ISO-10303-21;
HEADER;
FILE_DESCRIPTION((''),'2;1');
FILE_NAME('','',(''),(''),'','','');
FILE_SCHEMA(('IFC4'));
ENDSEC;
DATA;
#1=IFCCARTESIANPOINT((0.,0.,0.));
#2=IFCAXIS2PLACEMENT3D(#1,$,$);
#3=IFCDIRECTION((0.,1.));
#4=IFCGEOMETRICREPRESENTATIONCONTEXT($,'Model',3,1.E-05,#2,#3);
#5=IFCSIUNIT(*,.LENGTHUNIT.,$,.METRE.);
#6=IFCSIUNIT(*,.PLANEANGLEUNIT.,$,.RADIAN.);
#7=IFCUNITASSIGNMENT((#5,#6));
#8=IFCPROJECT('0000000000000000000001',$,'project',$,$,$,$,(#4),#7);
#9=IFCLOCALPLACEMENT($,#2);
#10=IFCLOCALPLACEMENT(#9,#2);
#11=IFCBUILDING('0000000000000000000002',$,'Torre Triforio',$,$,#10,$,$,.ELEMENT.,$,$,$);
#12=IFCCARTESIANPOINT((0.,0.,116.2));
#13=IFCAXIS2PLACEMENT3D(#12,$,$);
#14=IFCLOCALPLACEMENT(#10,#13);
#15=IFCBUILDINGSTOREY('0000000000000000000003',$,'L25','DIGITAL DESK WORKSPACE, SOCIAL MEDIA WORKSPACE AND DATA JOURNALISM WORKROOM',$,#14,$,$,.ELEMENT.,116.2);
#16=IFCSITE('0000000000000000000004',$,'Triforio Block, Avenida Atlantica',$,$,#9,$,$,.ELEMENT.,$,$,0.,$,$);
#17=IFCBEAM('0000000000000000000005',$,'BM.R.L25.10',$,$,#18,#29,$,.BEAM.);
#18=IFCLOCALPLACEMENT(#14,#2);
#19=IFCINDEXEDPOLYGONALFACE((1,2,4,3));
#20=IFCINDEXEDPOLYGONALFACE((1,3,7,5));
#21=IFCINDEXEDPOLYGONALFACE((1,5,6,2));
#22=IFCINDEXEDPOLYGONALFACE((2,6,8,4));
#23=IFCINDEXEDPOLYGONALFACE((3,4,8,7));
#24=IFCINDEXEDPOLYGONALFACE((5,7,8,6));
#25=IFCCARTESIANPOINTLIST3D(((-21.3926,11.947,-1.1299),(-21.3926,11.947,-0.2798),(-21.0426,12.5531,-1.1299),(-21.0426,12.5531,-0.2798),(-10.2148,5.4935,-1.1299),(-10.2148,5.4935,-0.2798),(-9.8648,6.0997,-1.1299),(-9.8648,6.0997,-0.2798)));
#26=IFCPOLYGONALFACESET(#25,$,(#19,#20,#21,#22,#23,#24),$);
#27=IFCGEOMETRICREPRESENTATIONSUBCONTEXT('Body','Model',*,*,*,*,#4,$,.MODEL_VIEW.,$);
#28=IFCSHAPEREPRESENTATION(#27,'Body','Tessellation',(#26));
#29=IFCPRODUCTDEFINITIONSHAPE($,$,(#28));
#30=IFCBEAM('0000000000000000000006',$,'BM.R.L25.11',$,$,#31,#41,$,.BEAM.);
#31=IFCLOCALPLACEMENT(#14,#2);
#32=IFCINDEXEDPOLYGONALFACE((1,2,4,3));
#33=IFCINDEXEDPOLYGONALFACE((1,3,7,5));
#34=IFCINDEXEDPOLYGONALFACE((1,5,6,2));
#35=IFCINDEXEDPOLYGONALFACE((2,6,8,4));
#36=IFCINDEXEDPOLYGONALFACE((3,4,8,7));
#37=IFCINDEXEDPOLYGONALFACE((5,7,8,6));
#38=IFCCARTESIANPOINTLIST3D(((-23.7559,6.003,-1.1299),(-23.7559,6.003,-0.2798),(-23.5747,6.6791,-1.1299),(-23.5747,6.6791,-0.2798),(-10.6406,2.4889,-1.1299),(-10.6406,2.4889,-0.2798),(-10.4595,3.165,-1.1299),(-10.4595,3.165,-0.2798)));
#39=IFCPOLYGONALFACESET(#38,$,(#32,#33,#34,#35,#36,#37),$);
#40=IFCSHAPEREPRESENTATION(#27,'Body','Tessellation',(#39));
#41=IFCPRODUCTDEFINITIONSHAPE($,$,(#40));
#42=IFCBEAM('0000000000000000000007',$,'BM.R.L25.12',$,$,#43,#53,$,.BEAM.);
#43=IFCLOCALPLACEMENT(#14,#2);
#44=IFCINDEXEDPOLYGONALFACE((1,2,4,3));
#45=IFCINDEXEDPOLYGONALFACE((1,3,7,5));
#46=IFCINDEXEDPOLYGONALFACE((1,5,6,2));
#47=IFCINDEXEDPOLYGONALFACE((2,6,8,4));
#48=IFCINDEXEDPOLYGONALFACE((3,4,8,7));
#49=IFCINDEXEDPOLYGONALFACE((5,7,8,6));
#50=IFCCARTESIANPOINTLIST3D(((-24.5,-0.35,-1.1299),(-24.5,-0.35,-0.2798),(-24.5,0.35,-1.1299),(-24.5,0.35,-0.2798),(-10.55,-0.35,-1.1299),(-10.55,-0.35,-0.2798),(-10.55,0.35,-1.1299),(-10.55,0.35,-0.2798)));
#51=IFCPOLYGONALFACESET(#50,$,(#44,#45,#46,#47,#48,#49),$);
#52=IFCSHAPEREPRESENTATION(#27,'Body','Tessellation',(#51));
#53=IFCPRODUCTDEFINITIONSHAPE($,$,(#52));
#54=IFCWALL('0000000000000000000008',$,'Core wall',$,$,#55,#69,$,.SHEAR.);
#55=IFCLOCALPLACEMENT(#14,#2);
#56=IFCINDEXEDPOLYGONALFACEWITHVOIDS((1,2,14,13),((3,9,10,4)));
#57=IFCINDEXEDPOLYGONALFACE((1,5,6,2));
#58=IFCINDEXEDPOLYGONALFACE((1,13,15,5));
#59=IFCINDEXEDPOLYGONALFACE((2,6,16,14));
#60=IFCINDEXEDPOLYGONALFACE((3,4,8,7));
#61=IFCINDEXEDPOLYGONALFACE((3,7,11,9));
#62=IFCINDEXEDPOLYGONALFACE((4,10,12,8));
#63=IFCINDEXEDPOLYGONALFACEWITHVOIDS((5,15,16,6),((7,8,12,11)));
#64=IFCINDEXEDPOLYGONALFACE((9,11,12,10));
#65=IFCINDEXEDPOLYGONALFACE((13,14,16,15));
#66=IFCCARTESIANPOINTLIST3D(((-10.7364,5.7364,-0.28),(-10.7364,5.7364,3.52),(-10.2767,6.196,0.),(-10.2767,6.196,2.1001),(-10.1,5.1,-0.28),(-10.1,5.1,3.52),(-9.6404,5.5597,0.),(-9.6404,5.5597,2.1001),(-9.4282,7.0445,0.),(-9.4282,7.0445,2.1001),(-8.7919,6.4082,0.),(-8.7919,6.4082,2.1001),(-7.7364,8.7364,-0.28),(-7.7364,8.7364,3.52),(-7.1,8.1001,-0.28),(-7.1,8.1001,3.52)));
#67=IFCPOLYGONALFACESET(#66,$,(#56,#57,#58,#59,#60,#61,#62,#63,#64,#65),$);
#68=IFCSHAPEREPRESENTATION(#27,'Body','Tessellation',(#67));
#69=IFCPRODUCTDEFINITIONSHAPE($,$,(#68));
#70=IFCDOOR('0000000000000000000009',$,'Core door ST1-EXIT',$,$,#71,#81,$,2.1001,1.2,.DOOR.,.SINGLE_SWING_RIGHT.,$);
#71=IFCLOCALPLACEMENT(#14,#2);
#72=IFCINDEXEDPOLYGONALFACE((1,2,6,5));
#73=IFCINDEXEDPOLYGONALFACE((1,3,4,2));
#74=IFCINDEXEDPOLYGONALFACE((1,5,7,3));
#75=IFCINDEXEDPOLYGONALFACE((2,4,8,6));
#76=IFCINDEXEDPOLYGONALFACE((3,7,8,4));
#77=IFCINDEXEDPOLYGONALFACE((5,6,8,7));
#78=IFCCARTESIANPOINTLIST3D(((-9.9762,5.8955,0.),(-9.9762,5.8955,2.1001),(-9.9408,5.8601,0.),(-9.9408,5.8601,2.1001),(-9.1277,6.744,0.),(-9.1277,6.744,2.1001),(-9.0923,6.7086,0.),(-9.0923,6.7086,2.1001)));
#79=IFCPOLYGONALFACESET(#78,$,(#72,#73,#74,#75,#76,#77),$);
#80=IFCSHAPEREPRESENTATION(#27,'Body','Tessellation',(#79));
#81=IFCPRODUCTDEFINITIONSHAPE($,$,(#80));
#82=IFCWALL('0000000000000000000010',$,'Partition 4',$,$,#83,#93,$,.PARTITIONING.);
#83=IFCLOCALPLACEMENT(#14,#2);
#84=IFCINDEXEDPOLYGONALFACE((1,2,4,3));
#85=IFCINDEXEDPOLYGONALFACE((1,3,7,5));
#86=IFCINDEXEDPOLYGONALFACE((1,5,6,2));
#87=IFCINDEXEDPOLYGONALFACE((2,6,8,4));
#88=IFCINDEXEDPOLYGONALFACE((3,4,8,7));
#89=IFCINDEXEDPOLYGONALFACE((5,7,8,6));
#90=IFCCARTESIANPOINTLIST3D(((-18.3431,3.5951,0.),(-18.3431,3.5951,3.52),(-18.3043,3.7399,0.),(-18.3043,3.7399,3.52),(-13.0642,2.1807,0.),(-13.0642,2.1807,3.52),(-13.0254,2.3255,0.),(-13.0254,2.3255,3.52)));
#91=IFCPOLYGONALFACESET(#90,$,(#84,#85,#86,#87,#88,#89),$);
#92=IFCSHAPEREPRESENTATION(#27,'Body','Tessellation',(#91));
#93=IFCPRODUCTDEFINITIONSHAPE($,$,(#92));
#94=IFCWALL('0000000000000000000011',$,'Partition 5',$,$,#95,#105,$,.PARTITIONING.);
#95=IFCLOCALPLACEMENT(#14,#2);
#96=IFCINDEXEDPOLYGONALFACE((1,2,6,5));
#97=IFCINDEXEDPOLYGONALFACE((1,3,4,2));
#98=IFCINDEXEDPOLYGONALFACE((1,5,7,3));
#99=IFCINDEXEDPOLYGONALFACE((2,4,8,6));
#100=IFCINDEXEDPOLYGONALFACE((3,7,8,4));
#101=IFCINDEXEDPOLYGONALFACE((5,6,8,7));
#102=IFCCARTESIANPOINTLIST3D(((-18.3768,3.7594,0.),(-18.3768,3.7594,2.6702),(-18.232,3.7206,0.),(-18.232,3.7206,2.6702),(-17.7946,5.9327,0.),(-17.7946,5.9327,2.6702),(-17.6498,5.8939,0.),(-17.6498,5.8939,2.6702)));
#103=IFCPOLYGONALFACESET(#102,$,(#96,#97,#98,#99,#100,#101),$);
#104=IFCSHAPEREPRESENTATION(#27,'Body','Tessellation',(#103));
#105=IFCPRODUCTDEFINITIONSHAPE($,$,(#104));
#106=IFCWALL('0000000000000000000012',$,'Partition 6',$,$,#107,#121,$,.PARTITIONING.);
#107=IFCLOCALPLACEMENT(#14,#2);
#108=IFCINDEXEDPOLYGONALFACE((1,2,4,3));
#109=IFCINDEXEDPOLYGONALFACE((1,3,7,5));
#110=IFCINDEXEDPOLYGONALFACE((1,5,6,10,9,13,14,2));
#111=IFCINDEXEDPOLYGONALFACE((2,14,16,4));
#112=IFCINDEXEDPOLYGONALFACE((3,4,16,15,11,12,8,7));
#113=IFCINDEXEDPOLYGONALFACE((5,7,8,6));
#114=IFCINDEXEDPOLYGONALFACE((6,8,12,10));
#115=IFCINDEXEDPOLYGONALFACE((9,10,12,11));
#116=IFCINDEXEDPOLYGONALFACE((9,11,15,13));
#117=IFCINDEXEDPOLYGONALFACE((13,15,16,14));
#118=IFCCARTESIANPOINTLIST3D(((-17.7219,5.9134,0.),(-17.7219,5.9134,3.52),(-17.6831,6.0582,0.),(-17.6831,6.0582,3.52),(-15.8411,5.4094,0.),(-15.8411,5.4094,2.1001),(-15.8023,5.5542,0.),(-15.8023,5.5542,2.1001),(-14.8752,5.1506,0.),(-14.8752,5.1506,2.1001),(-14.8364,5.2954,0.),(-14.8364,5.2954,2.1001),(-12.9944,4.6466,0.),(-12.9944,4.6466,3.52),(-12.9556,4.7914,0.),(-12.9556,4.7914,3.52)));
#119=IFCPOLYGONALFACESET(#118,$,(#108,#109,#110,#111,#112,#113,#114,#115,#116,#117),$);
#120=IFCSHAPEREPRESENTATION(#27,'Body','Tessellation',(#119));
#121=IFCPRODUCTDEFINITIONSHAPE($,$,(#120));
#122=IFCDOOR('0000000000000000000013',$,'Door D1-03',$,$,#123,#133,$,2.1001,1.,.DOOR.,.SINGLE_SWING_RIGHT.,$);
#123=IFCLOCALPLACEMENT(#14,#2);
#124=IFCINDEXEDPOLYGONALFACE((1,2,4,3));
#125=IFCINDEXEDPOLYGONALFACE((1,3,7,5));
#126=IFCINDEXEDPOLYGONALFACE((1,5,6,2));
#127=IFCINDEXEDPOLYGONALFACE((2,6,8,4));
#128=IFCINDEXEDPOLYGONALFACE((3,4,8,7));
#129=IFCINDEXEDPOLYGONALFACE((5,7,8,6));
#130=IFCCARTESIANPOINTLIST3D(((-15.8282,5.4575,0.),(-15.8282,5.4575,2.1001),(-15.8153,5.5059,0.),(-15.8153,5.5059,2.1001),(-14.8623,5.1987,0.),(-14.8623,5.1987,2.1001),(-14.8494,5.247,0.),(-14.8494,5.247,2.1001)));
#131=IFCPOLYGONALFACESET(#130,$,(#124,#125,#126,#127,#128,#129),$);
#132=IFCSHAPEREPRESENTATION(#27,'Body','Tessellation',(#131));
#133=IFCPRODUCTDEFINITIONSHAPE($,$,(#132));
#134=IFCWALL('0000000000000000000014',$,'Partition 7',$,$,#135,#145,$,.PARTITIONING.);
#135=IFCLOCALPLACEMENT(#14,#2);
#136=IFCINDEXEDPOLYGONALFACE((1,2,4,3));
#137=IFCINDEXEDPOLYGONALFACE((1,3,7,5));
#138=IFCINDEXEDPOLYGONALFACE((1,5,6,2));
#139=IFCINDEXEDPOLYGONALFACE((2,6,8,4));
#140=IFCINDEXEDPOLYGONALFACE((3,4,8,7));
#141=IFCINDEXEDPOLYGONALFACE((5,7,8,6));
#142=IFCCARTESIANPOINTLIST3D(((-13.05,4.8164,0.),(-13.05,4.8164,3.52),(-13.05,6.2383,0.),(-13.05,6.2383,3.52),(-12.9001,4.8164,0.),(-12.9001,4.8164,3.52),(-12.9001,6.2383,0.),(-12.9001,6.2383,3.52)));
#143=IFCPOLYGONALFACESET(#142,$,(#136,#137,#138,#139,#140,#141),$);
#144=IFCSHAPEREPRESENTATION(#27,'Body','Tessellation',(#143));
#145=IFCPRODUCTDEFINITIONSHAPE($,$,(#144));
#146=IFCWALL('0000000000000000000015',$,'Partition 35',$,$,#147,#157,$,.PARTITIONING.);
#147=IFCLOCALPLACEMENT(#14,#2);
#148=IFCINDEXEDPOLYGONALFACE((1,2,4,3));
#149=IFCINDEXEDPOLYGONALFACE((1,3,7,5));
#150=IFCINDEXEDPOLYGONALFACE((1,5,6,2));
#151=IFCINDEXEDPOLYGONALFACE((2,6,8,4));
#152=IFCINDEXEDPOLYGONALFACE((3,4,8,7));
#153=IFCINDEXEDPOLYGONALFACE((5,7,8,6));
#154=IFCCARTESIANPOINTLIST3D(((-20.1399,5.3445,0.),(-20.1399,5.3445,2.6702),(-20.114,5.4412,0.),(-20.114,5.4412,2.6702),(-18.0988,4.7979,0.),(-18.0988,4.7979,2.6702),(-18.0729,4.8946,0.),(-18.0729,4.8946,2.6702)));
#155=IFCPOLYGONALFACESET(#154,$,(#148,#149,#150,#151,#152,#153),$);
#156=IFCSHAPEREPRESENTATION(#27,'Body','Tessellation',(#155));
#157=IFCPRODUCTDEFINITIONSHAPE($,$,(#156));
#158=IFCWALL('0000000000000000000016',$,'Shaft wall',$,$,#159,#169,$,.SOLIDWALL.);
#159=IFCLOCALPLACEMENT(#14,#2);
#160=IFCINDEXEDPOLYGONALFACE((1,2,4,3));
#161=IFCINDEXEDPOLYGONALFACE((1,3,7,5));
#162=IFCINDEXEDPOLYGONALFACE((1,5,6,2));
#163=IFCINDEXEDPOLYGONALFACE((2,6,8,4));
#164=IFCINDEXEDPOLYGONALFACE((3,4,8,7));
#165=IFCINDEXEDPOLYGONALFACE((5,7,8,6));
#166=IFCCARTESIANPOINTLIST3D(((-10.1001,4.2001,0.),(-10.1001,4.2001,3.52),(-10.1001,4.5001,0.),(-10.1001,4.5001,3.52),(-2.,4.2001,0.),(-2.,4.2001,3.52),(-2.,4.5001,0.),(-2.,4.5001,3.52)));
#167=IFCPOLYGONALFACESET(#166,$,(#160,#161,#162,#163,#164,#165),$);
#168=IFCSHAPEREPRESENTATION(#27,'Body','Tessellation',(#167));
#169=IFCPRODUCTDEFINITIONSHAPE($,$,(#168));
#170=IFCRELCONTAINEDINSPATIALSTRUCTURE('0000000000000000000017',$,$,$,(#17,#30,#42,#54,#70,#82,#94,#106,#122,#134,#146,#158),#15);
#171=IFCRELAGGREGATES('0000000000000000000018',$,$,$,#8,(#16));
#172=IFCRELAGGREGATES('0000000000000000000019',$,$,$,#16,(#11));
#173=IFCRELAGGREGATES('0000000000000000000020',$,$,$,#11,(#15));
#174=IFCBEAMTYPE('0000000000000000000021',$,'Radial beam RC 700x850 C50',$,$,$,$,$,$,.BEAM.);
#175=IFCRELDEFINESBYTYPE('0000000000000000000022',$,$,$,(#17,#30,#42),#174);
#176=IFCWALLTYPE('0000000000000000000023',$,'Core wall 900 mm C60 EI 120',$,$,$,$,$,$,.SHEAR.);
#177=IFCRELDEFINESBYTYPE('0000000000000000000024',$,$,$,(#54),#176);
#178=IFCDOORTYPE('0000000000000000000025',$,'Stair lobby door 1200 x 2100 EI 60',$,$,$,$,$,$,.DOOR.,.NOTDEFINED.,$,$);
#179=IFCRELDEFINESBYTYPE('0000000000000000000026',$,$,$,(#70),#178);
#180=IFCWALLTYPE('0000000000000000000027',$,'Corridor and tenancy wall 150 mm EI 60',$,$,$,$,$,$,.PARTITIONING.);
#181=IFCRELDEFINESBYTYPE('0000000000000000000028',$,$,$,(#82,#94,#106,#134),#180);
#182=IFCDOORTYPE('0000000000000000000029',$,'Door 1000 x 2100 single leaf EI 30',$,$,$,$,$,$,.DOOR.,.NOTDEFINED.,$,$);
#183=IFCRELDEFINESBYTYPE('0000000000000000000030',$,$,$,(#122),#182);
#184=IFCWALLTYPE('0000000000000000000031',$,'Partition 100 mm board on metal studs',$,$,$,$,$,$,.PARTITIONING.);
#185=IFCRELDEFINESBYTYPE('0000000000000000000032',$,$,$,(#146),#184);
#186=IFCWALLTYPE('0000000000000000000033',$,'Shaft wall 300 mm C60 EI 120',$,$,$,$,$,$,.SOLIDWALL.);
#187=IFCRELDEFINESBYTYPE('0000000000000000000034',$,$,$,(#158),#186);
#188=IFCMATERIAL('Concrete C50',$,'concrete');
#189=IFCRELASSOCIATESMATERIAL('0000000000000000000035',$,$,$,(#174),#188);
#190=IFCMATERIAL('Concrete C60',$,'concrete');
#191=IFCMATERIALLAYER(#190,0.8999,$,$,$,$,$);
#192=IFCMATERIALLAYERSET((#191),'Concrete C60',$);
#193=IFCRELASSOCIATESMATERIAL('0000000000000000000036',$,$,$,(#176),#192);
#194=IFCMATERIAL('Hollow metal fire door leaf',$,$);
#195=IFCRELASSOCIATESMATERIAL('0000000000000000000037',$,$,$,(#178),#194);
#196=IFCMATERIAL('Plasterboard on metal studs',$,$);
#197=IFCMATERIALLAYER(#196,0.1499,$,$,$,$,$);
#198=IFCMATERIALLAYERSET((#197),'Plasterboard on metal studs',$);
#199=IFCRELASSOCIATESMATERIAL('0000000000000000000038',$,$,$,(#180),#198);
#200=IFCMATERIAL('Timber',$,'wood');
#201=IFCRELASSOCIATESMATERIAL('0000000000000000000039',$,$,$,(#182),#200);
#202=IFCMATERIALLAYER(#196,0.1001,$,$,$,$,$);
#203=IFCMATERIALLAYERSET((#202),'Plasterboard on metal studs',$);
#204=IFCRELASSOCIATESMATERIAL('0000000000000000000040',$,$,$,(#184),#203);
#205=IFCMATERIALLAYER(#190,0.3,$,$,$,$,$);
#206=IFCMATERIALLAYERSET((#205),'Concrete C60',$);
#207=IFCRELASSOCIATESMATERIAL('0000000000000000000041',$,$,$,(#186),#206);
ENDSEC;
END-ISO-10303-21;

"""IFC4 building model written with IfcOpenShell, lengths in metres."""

from ifc_helpers import new_model, si_unit, direction, frame, frame_2d, origin, origin_2d, place, context, subcontext, project, spatial, rectangle, extrude, material, layer, layer_set, material_profile, profile_set, type_object, element, fill, save


model = new_model("IFC4")

# Units and contexts
model_context = context("Model", 3, precision=1e-05, world=origin(), true_north=direction((0.0, 1.0)))
body_context = subcontext(model_context, "Body", "Model", "MODEL_VIEW")
ifc_project = project(units=[si_unit("LENGTHUNIT", "METRE"), si_unit("PLANEANGLEUNIT", "RADIAN")], contexts=[model_context])

# Site, building, storey
site_placement = place(None, origin())
site = spatial("IfcSite", under=ifc_project, at=site_placement, Name="Triforio Block, Avenida Atlantica", CompositionType="ELEMENT", RefElevation=0.0)
building_placement = place(site_placement, origin())
building = spatial("IfcBuilding", under=site, at=building_placement, Name="Torre Triforio", CompositionType="ELEMENT")
storey_placement = place(building_placement, frame((0.0, 0.0, 116.2)))
storey = spatial("IfcBuildingStorey", under=building, at=storey_placement, Name="L25", Description="DIGITAL DESK WORKSPACE, SOCIAL MEDIA WORKSPACE AND DATA JOURNALISM WORKROOM", CompositionType="ELEMENT", Elevation=116.2)

# Beams
ifc_material_1 = material(Name="Concrete C50", Category="concrete")
ifc_material_profile = material_profile(ifc_material_1, rectangle(XDim=0.7, YDim=0.8501, at=origin_2d()), Name="RC 700x850")
ifc_profile_set = profile_set([ifc_material_profile], Name="Concrete C50")
beam_type = type_object("IfcBeamType", Name="Radial beam RC 700x850 C50", PredefinedType="BEAM", material=ifc_profile_set)
beam_1_placement = place(storey_placement, frame((-10.0398, 5.7966, -0.7048), z_axis=(-0.866029, 0.499994, 0.0), x_axis=(-0.499994, -0.866029, 0.0)))
element("IfcBeam", 1, at=beam_1_placement, inside=storey, type_object=beam_type, Name="BM.R.L25.10", PredefinedType="BEAM", context=body_context, shape_type="SweptSolid", body=[
    extrude(rectangle(XDim=0.7, YDim=0.8501, at=origin_2d()), origin(), (0.0, 0.0, 1.0), 12.907),
])
beam_2_placement = place(storey_placement, frame((-10.55, 2.8269, -0.7048), z_axis=(-0.965927, 0.258815, 0.0), x_axis=(-0.258815, -0.965927, 0.0)))
element("IfcBeam", 2, at=beam_2_placement, inside=storey, type_object=beam_type, Name="BM.R.L25.11", PredefinedType="BEAM", context=body_context, shape_type="SweptSolid", body=[
    extrude(rectangle(XDim=0.7, YDim=0.8501, at=origin_2d()), origin(), (0.0, 0.0, 1.0), 13.5779),
])
beam_3_placement = place(storey_placement, frame((-10.55, 0.0, -0.7048), z_axis=(-1.0, 0.0, 0.0), x_axis=(0.0, -1.0, 0.0)))
element("IfcBeam", 3, at=beam_3_placement, inside=storey, type_object=beam_type, Name="BM.R.L25.12", PredefinedType="BEAM", context=body_context, shape_type="SweptSolid", body=[
    extrude(rectangle(XDim=0.7, YDim=0.8501, at=origin_2d()), origin(), (0.0, 0.0, 1.0), 13.95),
])

# Wall, opening, door
ifc_material_2 = material(Name="Concrete C60", Category="concrete")
ifc_layer_1 = layer(ifc_material_2, 0.8999)
ifc_layer_set_1 = layer_set([ifc_layer_1], Name="Concrete C60")
wall_type_1 = type_object("IfcWallType", Name="Core wall 900 mm C60 EI 120", PredefinedType="SHEAR", material=ifc_layer_set_1)
wall_1_placement = place(storey_placement, frame((-10.4182, 5.4182, -0.28), z_axis=(0.0, 0.0, 1.0), x_axis=(0.707107, 0.707107, 0.0)))
wall_1 = element("IfcWall", 4, at=wall_1_placement, inside=storey, type_object=wall_type_1, Name="Core wall", PredefinedType="SHEAR", context=body_context, shape_type="SweptSolid", body=[
    extrude(rectangle(XDim=4.2427, YDim=0.8999, at=frame_2d((2.1213, 0.0))), origin(), (0.0, 0.0, 1.0), 3.8),
])
opening_1_placement = place(wall_1_placement, frame((0.6499, 0.0, 0.28)))
opening_1 = element("IfcOpeningElement", 5, at=opening_1_placement, cuts=wall_1, PredefinedType="OPENING", context=body_context, shape_type="SweptSolid", body=[
    extrude(rectangle(XDim=1.2, YDim=2.1001, at=frame_2d((0.6001, 1.05))), frame((0.0, 0.46, 0.0), z_axis=(0.0, -1.0, 0.0), x_axis=(1.0, 0.0, 0.0)), (0.0, 0.0, 1.0), 0.9199),
])
ifc_material_3 = material(Name="Hollow metal fire door leaf")
door_type_1 = type_object("IfcDoorType", Name="Stair lobby door 1200 x 2100 EI 60", OperationType="NOTDEFINED", PredefinedType="DOOR", material=ifc_material_3)
door_1_placement = place(opening_1_placement, origin())
door_1 = element("IfcDoor", 6, at=door_1_placement, inside=storey, type_object=door_type_1, Name="Core door ST1-EXIT", OperationType="SINGLE_SWING_RIGHT", OverallHeight=2.1001, OverallWidth=1.2, PredefinedType="DOOR", context=body_context, shape_type="SweptSolid", body=[
    extrude(rectangle(XDim=1.2, YDim=2.1001, at=frame_2d((0.6001, 1.05))), frame((0.0, 0.0249, 0.0), z_axis=(0.0, -1.0, 0.0), x_axis=(1.0, 0.0, 0.0)), (0.0, 0.0, 1.0), 0.05),
])
fill(opening_1, door_1)

# Walls
ifc_material_4 = material(Name="Plasterboard on metal studs")
ifc_layer_2 = layer(ifc_material_4, 0.1499)
ifc_layer_set_2 = layer_set([ifc_layer_2], Name="Plasterboard on metal studs")
wall_type_2 = type_object("IfcWallType", Name="Corridor and tenancy wall 150 mm EI 60", PredefinedType="PARTITIONING", material=ifc_layer_set_2)
wall_2_placement = place(storey_placement, frame((-13.0449, 2.2532, 0.0), z_axis=(0.0, 0.0, 1.0), x_axis=(-0.965932, 0.258794, 0.0)))
element("IfcWall", 7, at=wall_2_placement, inside=storey, type_object=wall_type_2, Name="Partition 4", PredefinedType="PARTITIONING", context=body_context, shape_type="SweptSolid", body=[
    extrude(rectangle(XDim=5.4651, YDim=0.1499, at=frame_2d((2.7324, 0.0))), origin(), (0.0, 0.0, 1.0), 3.52),
])
wall_3_placement = place(storey_placement, frame((-18.3044, 3.74, 0.0), z_axis=(0.0, 0.0, 1.0), x_axis=(0.25879, 0.965934, 0.0)))
element("IfcWall", 8, at=wall_3_placement, inside=storey, type_object=wall_type_2, Name="Partition 5", PredefinedType="PARTITIONING", context=body_context, shape_type="SweptSolid", body=[
    extrude(rectangle(XDim=2.25, YDim=0.1499, at=frame_2d((1.125, 0.0))), origin(), (0.0, 0.0, 1.0), 2.6702),
])

# Wall, opening, door
wall_4_placement = place(storey_placement, frame((-17.7026, 5.9858, 0.0), z_axis=(0.0, 0.0, 1.0), x_axis=(0.96592, -0.258839, 0.0)))
wall_4 = element("IfcWall", 9, at=wall_4_placement, inside=storey, type_object=wall_type_2, Name="Partition 6", PredefinedType="PARTITIONING", context=body_context, shape_type="SweptSolid", body=[
    extrude(rectangle(XDim=4.8943, YDim=0.1499, at=frame_2d((2.4473, 0.0))), origin(), (0.0, 0.0, 1.0), 3.52),
])
opening_2_placement = place(wall_4_placement, frame((1.9473, 0.0, 0.0)))
opening_2 = element("IfcOpeningElement", 10, at=opening_2_placement, cuts=wall_4, PredefinedType="OPENING", context=body_context, shape_type="SweptSolid", body=[
    extrude(rectangle(XDim=1.0, YDim=2.1001, at=frame_2d((0.5, 1.05))), frame((0.0, 0.085, 0.0), z_axis=(0.0, -1.0, 0.0), x_axis=(1.0, 0.0, 0.0)), (0.0, 0.0, 1.0), 0.1699),
])
ifc_material_5 = material(Name="Timber", Category="wood")
door_type_2 = type_object("IfcDoorType", Name="Door 1000 x 2100 single leaf EI 30", OperationType="NOTDEFINED", PredefinedType="DOOR", material=ifc_material_5)
door_2_placement = place(opening_2_placement, origin())
door_2 = element("IfcDoor", 11, at=door_2_placement, inside=storey, type_object=door_type_2, Name="Door D1-03", OperationType="SINGLE_SWING_RIGHT", OverallHeight=2.1001, OverallWidth=1.0, PredefinedType="DOOR", context=body_context, shape_type="SweptSolid", body=[
    extrude(rectangle(XDim=1.0, YDim=2.1001, at=frame_2d((0.5, 1.05))), frame((0.0, 0.0249, 0.0), z_axis=(0.0, -1.0, 0.0), x_axis=(1.0, 0.0, 0.0)), (0.0, 0.0, 1.0), 0.05),
])
fill(opening_2, door_2)

# Walls
wall_5_placement = place(storey_placement, frame((-12.9751, 4.8164, 0.0), z_axis=(0.0, 0.0, 1.0), x_axis=(0.0, 1.0, 0.0)))
element("IfcWall", 12, at=wall_5_placement, inside=storey, type_object=wall_type_2, Name="Partition 7", PredefinedType="PARTITIONING", context=body_context, shape_type="SweptSolid", body=[
    extrude(rectangle(XDim=1.4219, YDim=0.1499, at=frame_2d((0.7109, 0.0))), origin(), (0.0, 0.0, 1.0), 3.52),
])
ifc_layer_3 = layer(ifc_material_4, 0.1001)
ifc_layer_set_3 = layer_set([ifc_layer_3], Name="Plasterboard on metal studs")
wall_type_3 = type_object("IfcWallType", Name="Partition 100 mm board on metal studs", PredefinedType="PARTITIONING", material=ifc_layer_set_3)
wall_6_placement = place(storey_placement, frame((-18.0857, 4.8462, 0.0), z_axis=(0.0, 0.0, 1.0), x_axis=(-0.965956, 0.258705, 0.0)))
element("IfcWall", 13, at=wall_6_placement, inside=storey, type_object=wall_type_3, Name="Partition 35", PredefinedType="PARTITIONING", context=body_context, shape_type="SweptSolid", body=[
    extrude(rectangle(XDim=2.113, YDim=0.1001, at=frame_2d((1.0566, 0.0))), origin(), (0.0, 0.0, 1.0), 2.6702),
])
ifc_layer_4 = layer(ifc_material_2, 0.3)
ifc_layer_set_4 = layer_set([ifc_layer_4], Name="Concrete C60")
wall_type_4 = type_object("IfcWallType", Name="Shaft wall 300 mm C60 EI 120", PredefinedType="SOLIDWALL", material=ifc_layer_set_4)
wall_7_placement = place(storey_placement, frame((-10.1001, 4.3501, 0.0), z_axis=(0.0, 0.0, 1.0), x_axis=(1.0, 0.0, 0.0)))
element("IfcWall", 14, at=wall_7_placement, inside=storey, type_object=wall_type_4, Name="Shaft wall", PredefinedType="SOLIDWALL", context=body_context, shape_type="SweptSolid", body=[
    extrude(rectangle(XDim=8.1001, YDim=0.3, at=frame_2d((4.05, 0.0))), origin(), (0.0, 0.0, 1.0), 3.52),
])

save(model, "model.ifc")
